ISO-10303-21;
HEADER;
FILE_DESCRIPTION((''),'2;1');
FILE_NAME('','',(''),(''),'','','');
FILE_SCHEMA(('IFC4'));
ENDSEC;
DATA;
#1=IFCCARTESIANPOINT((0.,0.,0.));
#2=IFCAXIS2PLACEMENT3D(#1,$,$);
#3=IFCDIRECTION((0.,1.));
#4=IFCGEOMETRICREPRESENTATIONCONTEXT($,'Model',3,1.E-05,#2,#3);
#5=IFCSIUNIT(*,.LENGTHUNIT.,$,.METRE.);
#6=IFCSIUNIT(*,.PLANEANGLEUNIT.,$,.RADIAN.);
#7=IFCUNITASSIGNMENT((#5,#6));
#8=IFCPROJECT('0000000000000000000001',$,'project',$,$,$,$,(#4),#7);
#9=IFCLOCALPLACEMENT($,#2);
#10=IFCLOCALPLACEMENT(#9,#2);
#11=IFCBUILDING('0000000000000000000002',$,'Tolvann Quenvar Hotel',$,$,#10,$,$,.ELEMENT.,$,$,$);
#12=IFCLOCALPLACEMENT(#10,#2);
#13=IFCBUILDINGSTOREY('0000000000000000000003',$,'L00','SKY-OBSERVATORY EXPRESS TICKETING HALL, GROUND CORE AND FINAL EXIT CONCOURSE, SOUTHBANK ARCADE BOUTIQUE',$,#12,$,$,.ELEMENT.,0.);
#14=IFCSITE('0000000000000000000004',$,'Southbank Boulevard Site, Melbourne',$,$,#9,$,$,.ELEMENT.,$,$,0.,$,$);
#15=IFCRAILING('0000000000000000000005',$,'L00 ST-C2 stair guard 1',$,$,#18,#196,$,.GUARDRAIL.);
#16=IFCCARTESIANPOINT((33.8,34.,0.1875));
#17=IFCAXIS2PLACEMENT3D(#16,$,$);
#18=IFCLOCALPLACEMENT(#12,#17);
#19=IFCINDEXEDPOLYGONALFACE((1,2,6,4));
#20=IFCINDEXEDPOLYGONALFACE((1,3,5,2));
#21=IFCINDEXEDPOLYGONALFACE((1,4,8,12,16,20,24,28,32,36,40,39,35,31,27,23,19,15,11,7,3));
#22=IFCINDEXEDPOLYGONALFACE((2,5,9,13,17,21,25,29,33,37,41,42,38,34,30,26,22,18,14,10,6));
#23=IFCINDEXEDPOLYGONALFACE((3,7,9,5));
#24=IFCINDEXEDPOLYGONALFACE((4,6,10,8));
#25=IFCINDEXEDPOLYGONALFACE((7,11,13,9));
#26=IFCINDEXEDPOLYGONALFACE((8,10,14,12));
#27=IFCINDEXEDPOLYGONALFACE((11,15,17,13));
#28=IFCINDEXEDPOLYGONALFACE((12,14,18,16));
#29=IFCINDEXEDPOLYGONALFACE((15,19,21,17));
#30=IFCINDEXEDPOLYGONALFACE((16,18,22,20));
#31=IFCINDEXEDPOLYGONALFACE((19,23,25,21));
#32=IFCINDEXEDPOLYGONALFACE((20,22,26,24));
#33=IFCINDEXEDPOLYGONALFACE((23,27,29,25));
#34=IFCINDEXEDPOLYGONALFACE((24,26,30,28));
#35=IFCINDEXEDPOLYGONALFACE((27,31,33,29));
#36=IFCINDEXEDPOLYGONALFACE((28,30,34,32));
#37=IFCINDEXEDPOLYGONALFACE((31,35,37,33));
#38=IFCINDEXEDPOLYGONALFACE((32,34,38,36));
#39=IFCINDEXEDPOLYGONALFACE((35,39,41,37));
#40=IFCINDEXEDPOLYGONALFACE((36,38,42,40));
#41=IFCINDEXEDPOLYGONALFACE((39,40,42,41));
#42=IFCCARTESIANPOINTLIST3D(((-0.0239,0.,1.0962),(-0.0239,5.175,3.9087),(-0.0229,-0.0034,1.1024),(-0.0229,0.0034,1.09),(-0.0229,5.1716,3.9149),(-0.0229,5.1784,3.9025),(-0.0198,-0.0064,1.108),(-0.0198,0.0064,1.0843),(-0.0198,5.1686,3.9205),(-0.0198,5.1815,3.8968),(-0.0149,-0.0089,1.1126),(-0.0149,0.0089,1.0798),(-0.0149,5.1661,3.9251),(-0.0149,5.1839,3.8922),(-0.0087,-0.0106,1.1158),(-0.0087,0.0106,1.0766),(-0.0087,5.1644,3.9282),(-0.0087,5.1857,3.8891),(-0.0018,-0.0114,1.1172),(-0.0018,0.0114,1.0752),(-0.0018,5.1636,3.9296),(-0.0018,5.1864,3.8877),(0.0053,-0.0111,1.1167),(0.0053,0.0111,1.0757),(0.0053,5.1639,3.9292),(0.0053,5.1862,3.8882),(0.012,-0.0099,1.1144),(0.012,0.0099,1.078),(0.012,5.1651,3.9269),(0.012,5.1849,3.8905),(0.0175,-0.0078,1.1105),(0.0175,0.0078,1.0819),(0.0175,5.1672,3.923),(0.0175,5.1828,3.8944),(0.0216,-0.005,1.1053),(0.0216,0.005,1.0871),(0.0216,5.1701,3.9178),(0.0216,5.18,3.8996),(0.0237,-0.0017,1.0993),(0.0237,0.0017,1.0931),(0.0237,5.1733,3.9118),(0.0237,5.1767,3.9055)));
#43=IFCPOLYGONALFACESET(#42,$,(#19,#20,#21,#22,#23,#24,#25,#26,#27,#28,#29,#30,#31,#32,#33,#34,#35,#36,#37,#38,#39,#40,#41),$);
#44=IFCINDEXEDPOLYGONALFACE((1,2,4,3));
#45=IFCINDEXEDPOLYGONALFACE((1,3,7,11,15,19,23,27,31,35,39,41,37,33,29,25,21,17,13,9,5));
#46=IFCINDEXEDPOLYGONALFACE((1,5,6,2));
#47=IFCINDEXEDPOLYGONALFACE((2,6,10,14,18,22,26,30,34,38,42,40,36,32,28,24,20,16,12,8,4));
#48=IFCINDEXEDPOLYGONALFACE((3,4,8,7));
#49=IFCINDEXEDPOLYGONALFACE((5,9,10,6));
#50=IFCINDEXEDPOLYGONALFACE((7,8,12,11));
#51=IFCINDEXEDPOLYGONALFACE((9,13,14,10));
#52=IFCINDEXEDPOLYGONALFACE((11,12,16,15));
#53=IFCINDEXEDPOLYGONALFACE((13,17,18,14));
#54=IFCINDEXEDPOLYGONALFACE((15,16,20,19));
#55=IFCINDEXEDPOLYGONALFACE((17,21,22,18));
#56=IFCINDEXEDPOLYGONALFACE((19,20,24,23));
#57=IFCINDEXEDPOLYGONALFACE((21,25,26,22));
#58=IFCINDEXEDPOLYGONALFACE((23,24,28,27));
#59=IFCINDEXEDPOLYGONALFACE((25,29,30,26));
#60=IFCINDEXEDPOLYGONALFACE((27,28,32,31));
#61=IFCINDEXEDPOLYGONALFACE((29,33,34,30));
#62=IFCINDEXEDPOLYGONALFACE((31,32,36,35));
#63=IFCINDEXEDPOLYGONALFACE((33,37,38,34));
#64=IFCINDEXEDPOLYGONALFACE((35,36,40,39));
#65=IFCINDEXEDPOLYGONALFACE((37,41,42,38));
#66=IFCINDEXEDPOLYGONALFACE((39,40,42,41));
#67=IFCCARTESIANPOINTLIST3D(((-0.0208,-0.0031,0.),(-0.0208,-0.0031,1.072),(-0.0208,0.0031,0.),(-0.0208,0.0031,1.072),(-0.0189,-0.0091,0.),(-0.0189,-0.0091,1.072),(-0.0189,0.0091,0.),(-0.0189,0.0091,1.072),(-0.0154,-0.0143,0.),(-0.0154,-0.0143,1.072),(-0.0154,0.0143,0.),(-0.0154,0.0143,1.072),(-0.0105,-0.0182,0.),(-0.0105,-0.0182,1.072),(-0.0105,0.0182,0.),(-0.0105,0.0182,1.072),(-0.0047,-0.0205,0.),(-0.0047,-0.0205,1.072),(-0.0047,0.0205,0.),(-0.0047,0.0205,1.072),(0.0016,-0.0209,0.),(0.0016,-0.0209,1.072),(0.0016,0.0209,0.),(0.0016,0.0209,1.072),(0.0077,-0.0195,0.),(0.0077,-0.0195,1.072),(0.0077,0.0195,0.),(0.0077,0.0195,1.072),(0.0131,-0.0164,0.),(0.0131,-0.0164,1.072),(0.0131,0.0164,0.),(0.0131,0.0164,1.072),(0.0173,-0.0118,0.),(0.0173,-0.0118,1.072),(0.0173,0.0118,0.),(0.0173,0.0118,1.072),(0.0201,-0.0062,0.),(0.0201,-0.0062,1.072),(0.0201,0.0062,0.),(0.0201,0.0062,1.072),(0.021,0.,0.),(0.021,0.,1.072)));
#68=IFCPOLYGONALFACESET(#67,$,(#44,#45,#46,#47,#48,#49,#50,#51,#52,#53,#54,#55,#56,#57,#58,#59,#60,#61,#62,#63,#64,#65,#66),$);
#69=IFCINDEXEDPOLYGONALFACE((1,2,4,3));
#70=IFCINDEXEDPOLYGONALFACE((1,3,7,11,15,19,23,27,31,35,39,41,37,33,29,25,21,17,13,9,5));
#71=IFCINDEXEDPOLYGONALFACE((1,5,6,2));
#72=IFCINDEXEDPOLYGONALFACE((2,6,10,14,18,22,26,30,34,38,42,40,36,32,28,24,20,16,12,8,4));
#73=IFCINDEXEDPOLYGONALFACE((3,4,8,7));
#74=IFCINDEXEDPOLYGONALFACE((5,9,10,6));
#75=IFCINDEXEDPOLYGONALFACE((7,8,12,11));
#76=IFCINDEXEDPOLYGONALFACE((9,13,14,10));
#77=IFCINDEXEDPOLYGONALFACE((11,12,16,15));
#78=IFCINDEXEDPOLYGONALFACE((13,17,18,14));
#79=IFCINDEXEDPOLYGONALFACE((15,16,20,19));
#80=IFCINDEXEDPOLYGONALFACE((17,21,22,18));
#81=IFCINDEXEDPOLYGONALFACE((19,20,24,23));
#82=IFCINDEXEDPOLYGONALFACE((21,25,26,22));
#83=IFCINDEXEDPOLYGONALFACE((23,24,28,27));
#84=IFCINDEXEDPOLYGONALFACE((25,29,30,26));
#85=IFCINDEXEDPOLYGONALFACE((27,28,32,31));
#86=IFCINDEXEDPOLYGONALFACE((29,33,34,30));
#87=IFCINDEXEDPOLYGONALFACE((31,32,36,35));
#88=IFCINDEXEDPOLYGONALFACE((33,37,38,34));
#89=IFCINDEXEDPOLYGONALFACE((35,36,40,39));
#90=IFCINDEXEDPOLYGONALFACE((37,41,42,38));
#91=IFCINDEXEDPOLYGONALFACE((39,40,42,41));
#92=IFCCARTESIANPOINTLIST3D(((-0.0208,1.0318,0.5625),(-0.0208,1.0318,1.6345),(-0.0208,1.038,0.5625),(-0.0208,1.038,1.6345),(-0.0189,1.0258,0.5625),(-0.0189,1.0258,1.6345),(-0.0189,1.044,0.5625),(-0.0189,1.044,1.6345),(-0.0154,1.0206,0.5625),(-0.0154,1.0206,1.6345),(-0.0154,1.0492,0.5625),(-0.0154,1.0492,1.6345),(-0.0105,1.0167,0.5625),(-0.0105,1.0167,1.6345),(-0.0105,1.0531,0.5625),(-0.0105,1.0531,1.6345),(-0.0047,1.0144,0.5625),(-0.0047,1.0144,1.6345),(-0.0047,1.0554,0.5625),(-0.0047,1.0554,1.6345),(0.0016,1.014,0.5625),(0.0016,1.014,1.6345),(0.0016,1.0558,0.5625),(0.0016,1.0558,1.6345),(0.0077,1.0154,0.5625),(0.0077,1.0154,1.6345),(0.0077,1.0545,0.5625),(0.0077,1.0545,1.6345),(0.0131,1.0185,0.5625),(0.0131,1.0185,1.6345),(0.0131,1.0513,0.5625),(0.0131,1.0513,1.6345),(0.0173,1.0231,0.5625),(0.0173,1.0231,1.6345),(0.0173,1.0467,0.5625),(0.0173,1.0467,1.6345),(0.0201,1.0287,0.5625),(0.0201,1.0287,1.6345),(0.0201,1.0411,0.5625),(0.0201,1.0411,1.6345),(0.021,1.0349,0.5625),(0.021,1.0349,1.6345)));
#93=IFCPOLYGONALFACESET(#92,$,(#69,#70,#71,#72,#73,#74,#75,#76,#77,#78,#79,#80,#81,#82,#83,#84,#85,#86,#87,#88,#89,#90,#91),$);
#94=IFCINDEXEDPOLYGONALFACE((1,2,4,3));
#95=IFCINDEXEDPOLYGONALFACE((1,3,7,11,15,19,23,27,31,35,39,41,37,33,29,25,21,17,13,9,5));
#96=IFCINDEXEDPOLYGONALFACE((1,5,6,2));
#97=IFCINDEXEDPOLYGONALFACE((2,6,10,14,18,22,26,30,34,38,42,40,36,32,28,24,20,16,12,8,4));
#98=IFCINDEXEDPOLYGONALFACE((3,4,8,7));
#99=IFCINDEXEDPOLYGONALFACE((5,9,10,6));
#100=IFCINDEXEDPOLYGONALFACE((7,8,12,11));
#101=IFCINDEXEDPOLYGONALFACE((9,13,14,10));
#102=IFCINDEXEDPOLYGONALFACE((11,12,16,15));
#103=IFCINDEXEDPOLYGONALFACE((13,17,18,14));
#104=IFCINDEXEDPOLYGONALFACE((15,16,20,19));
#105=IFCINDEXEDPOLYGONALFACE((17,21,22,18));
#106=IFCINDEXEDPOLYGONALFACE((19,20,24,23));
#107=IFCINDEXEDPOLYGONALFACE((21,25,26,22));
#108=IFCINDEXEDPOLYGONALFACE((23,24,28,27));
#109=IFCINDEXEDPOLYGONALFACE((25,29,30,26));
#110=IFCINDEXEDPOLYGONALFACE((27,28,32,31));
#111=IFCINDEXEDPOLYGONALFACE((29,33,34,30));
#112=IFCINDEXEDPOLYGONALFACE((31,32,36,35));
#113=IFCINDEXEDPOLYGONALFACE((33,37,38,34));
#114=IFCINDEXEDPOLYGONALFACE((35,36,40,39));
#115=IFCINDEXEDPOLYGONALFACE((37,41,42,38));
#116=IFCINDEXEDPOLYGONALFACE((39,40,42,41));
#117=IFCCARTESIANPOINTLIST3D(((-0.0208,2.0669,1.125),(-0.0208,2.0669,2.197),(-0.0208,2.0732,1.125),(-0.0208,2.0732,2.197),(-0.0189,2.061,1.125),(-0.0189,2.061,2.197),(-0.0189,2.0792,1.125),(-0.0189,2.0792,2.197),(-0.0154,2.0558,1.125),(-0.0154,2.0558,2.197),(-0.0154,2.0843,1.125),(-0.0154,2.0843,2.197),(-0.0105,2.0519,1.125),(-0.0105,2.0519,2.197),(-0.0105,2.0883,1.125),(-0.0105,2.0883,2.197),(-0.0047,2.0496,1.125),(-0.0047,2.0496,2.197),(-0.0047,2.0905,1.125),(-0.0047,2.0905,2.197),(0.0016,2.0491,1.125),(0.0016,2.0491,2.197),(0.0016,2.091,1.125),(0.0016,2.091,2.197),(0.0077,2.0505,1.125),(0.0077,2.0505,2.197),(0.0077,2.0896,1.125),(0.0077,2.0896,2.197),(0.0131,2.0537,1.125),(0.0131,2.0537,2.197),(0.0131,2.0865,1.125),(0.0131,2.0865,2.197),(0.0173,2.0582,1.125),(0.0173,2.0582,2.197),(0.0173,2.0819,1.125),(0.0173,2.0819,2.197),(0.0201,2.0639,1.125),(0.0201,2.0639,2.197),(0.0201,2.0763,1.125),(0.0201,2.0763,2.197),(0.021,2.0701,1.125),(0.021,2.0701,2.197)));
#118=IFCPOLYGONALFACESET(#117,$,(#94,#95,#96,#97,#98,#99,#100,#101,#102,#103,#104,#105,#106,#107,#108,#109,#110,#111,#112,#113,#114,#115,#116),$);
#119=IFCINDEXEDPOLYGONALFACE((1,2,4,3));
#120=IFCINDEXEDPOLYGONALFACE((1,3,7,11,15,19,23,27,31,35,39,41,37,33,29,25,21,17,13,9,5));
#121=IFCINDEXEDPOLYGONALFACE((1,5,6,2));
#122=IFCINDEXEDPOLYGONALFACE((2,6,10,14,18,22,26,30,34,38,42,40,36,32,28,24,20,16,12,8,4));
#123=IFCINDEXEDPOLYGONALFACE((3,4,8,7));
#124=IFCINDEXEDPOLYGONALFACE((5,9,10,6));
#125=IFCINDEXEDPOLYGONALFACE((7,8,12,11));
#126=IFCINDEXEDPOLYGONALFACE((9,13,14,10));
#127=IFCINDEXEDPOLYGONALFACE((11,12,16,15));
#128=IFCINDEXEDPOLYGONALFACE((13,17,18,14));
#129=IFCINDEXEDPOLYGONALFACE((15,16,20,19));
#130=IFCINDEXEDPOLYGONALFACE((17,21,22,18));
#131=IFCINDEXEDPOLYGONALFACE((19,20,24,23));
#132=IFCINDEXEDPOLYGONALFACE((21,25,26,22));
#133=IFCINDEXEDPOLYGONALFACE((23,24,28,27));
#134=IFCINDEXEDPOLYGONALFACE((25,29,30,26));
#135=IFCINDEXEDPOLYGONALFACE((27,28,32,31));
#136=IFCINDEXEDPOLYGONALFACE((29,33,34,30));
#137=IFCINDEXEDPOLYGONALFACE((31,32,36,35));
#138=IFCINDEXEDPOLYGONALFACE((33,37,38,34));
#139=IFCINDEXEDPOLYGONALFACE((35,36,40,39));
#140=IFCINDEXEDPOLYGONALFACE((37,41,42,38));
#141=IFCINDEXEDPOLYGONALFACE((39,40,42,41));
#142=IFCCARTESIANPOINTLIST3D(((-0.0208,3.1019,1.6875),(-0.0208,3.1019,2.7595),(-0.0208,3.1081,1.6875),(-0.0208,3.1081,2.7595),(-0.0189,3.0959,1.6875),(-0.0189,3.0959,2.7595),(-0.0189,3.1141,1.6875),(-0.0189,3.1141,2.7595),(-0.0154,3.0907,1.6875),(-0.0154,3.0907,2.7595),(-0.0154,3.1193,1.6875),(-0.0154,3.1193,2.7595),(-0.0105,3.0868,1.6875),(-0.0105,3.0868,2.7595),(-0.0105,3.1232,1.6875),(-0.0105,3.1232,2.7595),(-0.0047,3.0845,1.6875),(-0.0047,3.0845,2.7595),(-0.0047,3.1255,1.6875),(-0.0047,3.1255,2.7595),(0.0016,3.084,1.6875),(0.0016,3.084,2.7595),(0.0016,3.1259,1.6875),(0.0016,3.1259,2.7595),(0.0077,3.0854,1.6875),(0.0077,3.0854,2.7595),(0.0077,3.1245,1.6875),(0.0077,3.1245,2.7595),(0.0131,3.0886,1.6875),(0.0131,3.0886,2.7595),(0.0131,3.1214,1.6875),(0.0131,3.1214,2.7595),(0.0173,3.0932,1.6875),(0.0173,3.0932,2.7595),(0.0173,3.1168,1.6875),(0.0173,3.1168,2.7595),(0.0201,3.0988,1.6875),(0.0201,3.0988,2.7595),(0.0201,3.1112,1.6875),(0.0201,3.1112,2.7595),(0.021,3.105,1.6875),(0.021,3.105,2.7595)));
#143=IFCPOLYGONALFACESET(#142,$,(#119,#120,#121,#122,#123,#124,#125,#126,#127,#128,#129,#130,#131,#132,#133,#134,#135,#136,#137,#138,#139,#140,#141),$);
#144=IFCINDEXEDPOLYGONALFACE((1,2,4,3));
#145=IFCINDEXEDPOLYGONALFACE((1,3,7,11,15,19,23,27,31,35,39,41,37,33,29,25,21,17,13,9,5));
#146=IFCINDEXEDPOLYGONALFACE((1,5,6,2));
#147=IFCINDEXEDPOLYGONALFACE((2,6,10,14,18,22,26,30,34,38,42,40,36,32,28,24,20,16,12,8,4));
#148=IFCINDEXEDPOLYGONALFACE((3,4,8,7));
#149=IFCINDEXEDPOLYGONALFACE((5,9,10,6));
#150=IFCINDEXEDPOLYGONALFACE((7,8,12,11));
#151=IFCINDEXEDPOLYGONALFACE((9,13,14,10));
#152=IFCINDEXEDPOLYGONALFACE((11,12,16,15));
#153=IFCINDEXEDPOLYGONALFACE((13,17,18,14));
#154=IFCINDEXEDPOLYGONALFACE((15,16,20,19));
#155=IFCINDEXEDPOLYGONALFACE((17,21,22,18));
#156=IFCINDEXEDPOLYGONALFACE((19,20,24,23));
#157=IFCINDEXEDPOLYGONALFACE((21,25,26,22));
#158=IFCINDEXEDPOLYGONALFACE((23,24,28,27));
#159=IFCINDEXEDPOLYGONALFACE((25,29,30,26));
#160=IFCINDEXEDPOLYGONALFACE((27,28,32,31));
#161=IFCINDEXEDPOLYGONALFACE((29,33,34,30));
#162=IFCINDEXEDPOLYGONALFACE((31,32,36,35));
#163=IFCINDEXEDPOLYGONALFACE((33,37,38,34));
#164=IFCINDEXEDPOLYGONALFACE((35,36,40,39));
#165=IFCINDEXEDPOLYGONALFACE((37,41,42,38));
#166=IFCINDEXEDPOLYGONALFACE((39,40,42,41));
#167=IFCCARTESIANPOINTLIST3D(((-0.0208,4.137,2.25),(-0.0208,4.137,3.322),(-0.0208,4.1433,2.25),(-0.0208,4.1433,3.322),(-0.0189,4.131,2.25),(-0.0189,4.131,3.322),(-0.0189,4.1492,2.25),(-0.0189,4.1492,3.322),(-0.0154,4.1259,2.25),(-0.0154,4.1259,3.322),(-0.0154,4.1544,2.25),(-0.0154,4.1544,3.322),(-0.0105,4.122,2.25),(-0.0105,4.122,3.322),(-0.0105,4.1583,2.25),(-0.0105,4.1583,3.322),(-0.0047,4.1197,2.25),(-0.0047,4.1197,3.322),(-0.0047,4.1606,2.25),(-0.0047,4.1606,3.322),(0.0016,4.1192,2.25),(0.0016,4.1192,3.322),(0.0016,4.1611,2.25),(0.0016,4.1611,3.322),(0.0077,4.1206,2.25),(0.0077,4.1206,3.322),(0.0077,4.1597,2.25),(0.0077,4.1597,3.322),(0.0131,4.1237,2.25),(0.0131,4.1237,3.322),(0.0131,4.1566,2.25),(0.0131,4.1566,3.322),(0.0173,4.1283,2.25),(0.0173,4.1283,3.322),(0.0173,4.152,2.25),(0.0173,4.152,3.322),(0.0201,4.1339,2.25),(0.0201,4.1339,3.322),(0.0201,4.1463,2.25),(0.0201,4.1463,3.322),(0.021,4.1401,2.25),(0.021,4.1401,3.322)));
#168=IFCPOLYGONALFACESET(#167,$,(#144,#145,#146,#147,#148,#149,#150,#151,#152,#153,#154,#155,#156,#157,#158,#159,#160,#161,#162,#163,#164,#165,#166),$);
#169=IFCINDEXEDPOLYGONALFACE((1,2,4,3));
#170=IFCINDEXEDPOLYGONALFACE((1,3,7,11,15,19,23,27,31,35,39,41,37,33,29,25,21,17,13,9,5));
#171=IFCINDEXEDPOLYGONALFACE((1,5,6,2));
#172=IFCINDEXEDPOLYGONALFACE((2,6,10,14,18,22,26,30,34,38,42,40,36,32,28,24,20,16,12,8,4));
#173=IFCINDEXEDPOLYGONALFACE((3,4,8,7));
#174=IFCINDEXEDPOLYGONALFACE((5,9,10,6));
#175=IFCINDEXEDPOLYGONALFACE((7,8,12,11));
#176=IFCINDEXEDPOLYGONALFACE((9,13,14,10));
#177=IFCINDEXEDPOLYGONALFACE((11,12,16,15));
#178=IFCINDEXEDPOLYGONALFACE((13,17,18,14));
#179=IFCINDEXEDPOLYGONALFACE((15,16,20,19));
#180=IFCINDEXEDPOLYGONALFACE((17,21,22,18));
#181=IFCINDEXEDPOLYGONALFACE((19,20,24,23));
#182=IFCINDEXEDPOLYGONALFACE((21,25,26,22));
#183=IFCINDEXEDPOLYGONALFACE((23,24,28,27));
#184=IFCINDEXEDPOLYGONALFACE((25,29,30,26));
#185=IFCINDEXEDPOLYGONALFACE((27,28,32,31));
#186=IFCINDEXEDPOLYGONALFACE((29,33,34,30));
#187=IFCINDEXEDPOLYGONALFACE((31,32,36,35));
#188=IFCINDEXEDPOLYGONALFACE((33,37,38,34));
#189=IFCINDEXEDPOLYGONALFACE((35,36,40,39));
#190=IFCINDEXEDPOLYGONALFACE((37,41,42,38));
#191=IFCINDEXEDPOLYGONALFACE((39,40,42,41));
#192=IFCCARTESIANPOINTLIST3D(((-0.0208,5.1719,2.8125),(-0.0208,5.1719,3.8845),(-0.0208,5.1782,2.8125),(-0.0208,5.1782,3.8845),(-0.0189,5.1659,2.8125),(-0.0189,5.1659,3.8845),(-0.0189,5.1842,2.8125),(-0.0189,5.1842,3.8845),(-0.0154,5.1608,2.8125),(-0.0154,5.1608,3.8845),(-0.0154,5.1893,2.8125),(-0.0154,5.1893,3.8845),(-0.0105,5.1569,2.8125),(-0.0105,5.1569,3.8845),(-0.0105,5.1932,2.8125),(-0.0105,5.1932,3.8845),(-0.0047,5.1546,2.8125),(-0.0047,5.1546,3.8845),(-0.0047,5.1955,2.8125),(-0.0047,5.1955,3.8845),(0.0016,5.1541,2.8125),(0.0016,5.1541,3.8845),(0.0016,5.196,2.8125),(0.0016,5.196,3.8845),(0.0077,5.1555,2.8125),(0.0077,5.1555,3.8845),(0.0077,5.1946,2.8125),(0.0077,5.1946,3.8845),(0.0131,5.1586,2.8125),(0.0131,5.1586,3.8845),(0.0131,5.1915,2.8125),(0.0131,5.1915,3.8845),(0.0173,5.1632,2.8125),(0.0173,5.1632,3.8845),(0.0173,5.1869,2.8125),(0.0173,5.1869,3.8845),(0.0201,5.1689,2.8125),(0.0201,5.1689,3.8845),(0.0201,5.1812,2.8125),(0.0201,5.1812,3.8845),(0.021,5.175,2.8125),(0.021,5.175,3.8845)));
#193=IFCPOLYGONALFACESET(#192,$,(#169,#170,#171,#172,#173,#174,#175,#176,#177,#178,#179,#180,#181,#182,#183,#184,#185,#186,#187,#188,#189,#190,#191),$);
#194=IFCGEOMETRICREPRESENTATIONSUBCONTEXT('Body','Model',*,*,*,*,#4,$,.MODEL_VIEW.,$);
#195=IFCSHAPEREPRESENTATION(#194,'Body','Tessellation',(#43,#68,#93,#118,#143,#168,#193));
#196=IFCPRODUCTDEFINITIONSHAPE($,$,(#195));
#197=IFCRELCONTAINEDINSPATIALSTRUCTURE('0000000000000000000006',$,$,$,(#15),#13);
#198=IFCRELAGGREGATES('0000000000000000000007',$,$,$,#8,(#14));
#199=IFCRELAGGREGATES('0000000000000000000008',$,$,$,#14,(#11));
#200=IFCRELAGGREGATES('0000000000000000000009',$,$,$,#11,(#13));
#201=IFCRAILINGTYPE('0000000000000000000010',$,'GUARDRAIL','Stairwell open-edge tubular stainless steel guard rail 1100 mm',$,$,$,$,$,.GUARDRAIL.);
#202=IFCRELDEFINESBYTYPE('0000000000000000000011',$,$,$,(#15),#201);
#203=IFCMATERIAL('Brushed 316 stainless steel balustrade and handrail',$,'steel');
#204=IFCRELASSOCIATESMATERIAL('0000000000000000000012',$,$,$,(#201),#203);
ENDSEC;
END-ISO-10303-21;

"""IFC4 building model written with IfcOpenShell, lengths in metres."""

from ifc_helpers import new_model, si_unit, direction, frame, origin, origin_2d, place, context, subcontext, project, spatial, circle, extrude, material, type_object, element, save


model = new_model("IFC4")

# Units and contexts
model_context = context("Model", 3, precision=1e-05, world=origin(), true_north=direction((0.0, 1.0)))
body_context = subcontext(model_context, "Body", "Model", "MODEL_VIEW")
ifc_project = project(units=[si_unit("LENGTHUNIT", "METRE"), si_unit("PLANEANGLEUNIT", "RADIAN")], contexts=[model_context])

# Site, building, storey
site_placement = place(None, origin())
site = spatial("IfcSite", under=ifc_project, at=site_placement, Name="Southbank Boulevard Site, Melbourne", CompositionType="ELEMENT", RefElevation=0.0)
building_placement = place(site_placement, origin())
building = spatial("IfcBuilding", under=site, at=building_placement, Name="Tolvann Quenvar Hotel", CompositionType="ELEMENT")
storey_placement = place(building_placement, origin())
storey = spatial("IfcBuildingStorey", under=building, at=storey_placement, Name="L00", Description="SKY-OBSERVATORY EXPRESS TICKETING HALL, GROUND CORE AND FINAL EXIT CONCOURSE, SOUTHBANK ARCADE BOUTIQUE", CompositionType="ELEMENT", Elevation=0.0)

# Railing
ifc_material_1 = material(Name="Brushed 316 stainless steel balustrade and handrail", Category="steel")
railing_type_1 = type_object("IfcRailingType", Name="GUARDRAIL", Description="Stairwell open-edge tubular stainless steel guard rail 1100 mm", PredefinedType="GUARDRAIL", material=ifc_material_1)
railing_1_placement = place(storey_placement, frame((33.8, 34.0, 0.1875)))
element("IfcRailing", 1, at=railing_1_placement, inside=storey, type_object=railing_type_1, Name="L00 ST-C2 stair guard 1", PredefinedType="GUARDRAIL", context=body_context, shape_type="SweptSolid", body=[
    extrude(circle(Radius=0.0239, at=origin_2d()), frame((0.0, 0.0, 1.0962), z_axis=(0.0, 0.878626, 0.47751), x_axis=(-1.0, 0.0, 0.0)), (0.0, 0.0, 1.0), 5.8899),
    extrude(circle(Radius=0.021, at=origin_2d()), origin(), (0.0, 0.0, 1.0), 1.072),
    extrude(circle(Radius=0.021, at=origin_2d()), frame((0.0, 1.0349, 0.5625)), (0.0, 0.0, 1.0), 1.072),
    extrude(circle(Radius=0.021, at=origin_2d()), frame((0.0, 2.0701, 1.125)), (0.0, 0.0, 1.0), 1.072),
    extrude(circle(Radius=0.021, at=origin_2d()), frame((0.0, 3.105, 1.6875)), (0.0, 0.0, 1.0), 1.072),
    extrude(circle(Radius=0.021, at=origin_2d()), frame((0.0, 4.1401, 2.25)), (0.0, 0.0, 1.0), 1.072),
    extrude(circle(Radius=0.021, at=origin_2d()), frame((0.0, 5.175, 2.8125)), (0.0, 0.0, 1.0), 1.072),
])

save(model, "model.ifc")
